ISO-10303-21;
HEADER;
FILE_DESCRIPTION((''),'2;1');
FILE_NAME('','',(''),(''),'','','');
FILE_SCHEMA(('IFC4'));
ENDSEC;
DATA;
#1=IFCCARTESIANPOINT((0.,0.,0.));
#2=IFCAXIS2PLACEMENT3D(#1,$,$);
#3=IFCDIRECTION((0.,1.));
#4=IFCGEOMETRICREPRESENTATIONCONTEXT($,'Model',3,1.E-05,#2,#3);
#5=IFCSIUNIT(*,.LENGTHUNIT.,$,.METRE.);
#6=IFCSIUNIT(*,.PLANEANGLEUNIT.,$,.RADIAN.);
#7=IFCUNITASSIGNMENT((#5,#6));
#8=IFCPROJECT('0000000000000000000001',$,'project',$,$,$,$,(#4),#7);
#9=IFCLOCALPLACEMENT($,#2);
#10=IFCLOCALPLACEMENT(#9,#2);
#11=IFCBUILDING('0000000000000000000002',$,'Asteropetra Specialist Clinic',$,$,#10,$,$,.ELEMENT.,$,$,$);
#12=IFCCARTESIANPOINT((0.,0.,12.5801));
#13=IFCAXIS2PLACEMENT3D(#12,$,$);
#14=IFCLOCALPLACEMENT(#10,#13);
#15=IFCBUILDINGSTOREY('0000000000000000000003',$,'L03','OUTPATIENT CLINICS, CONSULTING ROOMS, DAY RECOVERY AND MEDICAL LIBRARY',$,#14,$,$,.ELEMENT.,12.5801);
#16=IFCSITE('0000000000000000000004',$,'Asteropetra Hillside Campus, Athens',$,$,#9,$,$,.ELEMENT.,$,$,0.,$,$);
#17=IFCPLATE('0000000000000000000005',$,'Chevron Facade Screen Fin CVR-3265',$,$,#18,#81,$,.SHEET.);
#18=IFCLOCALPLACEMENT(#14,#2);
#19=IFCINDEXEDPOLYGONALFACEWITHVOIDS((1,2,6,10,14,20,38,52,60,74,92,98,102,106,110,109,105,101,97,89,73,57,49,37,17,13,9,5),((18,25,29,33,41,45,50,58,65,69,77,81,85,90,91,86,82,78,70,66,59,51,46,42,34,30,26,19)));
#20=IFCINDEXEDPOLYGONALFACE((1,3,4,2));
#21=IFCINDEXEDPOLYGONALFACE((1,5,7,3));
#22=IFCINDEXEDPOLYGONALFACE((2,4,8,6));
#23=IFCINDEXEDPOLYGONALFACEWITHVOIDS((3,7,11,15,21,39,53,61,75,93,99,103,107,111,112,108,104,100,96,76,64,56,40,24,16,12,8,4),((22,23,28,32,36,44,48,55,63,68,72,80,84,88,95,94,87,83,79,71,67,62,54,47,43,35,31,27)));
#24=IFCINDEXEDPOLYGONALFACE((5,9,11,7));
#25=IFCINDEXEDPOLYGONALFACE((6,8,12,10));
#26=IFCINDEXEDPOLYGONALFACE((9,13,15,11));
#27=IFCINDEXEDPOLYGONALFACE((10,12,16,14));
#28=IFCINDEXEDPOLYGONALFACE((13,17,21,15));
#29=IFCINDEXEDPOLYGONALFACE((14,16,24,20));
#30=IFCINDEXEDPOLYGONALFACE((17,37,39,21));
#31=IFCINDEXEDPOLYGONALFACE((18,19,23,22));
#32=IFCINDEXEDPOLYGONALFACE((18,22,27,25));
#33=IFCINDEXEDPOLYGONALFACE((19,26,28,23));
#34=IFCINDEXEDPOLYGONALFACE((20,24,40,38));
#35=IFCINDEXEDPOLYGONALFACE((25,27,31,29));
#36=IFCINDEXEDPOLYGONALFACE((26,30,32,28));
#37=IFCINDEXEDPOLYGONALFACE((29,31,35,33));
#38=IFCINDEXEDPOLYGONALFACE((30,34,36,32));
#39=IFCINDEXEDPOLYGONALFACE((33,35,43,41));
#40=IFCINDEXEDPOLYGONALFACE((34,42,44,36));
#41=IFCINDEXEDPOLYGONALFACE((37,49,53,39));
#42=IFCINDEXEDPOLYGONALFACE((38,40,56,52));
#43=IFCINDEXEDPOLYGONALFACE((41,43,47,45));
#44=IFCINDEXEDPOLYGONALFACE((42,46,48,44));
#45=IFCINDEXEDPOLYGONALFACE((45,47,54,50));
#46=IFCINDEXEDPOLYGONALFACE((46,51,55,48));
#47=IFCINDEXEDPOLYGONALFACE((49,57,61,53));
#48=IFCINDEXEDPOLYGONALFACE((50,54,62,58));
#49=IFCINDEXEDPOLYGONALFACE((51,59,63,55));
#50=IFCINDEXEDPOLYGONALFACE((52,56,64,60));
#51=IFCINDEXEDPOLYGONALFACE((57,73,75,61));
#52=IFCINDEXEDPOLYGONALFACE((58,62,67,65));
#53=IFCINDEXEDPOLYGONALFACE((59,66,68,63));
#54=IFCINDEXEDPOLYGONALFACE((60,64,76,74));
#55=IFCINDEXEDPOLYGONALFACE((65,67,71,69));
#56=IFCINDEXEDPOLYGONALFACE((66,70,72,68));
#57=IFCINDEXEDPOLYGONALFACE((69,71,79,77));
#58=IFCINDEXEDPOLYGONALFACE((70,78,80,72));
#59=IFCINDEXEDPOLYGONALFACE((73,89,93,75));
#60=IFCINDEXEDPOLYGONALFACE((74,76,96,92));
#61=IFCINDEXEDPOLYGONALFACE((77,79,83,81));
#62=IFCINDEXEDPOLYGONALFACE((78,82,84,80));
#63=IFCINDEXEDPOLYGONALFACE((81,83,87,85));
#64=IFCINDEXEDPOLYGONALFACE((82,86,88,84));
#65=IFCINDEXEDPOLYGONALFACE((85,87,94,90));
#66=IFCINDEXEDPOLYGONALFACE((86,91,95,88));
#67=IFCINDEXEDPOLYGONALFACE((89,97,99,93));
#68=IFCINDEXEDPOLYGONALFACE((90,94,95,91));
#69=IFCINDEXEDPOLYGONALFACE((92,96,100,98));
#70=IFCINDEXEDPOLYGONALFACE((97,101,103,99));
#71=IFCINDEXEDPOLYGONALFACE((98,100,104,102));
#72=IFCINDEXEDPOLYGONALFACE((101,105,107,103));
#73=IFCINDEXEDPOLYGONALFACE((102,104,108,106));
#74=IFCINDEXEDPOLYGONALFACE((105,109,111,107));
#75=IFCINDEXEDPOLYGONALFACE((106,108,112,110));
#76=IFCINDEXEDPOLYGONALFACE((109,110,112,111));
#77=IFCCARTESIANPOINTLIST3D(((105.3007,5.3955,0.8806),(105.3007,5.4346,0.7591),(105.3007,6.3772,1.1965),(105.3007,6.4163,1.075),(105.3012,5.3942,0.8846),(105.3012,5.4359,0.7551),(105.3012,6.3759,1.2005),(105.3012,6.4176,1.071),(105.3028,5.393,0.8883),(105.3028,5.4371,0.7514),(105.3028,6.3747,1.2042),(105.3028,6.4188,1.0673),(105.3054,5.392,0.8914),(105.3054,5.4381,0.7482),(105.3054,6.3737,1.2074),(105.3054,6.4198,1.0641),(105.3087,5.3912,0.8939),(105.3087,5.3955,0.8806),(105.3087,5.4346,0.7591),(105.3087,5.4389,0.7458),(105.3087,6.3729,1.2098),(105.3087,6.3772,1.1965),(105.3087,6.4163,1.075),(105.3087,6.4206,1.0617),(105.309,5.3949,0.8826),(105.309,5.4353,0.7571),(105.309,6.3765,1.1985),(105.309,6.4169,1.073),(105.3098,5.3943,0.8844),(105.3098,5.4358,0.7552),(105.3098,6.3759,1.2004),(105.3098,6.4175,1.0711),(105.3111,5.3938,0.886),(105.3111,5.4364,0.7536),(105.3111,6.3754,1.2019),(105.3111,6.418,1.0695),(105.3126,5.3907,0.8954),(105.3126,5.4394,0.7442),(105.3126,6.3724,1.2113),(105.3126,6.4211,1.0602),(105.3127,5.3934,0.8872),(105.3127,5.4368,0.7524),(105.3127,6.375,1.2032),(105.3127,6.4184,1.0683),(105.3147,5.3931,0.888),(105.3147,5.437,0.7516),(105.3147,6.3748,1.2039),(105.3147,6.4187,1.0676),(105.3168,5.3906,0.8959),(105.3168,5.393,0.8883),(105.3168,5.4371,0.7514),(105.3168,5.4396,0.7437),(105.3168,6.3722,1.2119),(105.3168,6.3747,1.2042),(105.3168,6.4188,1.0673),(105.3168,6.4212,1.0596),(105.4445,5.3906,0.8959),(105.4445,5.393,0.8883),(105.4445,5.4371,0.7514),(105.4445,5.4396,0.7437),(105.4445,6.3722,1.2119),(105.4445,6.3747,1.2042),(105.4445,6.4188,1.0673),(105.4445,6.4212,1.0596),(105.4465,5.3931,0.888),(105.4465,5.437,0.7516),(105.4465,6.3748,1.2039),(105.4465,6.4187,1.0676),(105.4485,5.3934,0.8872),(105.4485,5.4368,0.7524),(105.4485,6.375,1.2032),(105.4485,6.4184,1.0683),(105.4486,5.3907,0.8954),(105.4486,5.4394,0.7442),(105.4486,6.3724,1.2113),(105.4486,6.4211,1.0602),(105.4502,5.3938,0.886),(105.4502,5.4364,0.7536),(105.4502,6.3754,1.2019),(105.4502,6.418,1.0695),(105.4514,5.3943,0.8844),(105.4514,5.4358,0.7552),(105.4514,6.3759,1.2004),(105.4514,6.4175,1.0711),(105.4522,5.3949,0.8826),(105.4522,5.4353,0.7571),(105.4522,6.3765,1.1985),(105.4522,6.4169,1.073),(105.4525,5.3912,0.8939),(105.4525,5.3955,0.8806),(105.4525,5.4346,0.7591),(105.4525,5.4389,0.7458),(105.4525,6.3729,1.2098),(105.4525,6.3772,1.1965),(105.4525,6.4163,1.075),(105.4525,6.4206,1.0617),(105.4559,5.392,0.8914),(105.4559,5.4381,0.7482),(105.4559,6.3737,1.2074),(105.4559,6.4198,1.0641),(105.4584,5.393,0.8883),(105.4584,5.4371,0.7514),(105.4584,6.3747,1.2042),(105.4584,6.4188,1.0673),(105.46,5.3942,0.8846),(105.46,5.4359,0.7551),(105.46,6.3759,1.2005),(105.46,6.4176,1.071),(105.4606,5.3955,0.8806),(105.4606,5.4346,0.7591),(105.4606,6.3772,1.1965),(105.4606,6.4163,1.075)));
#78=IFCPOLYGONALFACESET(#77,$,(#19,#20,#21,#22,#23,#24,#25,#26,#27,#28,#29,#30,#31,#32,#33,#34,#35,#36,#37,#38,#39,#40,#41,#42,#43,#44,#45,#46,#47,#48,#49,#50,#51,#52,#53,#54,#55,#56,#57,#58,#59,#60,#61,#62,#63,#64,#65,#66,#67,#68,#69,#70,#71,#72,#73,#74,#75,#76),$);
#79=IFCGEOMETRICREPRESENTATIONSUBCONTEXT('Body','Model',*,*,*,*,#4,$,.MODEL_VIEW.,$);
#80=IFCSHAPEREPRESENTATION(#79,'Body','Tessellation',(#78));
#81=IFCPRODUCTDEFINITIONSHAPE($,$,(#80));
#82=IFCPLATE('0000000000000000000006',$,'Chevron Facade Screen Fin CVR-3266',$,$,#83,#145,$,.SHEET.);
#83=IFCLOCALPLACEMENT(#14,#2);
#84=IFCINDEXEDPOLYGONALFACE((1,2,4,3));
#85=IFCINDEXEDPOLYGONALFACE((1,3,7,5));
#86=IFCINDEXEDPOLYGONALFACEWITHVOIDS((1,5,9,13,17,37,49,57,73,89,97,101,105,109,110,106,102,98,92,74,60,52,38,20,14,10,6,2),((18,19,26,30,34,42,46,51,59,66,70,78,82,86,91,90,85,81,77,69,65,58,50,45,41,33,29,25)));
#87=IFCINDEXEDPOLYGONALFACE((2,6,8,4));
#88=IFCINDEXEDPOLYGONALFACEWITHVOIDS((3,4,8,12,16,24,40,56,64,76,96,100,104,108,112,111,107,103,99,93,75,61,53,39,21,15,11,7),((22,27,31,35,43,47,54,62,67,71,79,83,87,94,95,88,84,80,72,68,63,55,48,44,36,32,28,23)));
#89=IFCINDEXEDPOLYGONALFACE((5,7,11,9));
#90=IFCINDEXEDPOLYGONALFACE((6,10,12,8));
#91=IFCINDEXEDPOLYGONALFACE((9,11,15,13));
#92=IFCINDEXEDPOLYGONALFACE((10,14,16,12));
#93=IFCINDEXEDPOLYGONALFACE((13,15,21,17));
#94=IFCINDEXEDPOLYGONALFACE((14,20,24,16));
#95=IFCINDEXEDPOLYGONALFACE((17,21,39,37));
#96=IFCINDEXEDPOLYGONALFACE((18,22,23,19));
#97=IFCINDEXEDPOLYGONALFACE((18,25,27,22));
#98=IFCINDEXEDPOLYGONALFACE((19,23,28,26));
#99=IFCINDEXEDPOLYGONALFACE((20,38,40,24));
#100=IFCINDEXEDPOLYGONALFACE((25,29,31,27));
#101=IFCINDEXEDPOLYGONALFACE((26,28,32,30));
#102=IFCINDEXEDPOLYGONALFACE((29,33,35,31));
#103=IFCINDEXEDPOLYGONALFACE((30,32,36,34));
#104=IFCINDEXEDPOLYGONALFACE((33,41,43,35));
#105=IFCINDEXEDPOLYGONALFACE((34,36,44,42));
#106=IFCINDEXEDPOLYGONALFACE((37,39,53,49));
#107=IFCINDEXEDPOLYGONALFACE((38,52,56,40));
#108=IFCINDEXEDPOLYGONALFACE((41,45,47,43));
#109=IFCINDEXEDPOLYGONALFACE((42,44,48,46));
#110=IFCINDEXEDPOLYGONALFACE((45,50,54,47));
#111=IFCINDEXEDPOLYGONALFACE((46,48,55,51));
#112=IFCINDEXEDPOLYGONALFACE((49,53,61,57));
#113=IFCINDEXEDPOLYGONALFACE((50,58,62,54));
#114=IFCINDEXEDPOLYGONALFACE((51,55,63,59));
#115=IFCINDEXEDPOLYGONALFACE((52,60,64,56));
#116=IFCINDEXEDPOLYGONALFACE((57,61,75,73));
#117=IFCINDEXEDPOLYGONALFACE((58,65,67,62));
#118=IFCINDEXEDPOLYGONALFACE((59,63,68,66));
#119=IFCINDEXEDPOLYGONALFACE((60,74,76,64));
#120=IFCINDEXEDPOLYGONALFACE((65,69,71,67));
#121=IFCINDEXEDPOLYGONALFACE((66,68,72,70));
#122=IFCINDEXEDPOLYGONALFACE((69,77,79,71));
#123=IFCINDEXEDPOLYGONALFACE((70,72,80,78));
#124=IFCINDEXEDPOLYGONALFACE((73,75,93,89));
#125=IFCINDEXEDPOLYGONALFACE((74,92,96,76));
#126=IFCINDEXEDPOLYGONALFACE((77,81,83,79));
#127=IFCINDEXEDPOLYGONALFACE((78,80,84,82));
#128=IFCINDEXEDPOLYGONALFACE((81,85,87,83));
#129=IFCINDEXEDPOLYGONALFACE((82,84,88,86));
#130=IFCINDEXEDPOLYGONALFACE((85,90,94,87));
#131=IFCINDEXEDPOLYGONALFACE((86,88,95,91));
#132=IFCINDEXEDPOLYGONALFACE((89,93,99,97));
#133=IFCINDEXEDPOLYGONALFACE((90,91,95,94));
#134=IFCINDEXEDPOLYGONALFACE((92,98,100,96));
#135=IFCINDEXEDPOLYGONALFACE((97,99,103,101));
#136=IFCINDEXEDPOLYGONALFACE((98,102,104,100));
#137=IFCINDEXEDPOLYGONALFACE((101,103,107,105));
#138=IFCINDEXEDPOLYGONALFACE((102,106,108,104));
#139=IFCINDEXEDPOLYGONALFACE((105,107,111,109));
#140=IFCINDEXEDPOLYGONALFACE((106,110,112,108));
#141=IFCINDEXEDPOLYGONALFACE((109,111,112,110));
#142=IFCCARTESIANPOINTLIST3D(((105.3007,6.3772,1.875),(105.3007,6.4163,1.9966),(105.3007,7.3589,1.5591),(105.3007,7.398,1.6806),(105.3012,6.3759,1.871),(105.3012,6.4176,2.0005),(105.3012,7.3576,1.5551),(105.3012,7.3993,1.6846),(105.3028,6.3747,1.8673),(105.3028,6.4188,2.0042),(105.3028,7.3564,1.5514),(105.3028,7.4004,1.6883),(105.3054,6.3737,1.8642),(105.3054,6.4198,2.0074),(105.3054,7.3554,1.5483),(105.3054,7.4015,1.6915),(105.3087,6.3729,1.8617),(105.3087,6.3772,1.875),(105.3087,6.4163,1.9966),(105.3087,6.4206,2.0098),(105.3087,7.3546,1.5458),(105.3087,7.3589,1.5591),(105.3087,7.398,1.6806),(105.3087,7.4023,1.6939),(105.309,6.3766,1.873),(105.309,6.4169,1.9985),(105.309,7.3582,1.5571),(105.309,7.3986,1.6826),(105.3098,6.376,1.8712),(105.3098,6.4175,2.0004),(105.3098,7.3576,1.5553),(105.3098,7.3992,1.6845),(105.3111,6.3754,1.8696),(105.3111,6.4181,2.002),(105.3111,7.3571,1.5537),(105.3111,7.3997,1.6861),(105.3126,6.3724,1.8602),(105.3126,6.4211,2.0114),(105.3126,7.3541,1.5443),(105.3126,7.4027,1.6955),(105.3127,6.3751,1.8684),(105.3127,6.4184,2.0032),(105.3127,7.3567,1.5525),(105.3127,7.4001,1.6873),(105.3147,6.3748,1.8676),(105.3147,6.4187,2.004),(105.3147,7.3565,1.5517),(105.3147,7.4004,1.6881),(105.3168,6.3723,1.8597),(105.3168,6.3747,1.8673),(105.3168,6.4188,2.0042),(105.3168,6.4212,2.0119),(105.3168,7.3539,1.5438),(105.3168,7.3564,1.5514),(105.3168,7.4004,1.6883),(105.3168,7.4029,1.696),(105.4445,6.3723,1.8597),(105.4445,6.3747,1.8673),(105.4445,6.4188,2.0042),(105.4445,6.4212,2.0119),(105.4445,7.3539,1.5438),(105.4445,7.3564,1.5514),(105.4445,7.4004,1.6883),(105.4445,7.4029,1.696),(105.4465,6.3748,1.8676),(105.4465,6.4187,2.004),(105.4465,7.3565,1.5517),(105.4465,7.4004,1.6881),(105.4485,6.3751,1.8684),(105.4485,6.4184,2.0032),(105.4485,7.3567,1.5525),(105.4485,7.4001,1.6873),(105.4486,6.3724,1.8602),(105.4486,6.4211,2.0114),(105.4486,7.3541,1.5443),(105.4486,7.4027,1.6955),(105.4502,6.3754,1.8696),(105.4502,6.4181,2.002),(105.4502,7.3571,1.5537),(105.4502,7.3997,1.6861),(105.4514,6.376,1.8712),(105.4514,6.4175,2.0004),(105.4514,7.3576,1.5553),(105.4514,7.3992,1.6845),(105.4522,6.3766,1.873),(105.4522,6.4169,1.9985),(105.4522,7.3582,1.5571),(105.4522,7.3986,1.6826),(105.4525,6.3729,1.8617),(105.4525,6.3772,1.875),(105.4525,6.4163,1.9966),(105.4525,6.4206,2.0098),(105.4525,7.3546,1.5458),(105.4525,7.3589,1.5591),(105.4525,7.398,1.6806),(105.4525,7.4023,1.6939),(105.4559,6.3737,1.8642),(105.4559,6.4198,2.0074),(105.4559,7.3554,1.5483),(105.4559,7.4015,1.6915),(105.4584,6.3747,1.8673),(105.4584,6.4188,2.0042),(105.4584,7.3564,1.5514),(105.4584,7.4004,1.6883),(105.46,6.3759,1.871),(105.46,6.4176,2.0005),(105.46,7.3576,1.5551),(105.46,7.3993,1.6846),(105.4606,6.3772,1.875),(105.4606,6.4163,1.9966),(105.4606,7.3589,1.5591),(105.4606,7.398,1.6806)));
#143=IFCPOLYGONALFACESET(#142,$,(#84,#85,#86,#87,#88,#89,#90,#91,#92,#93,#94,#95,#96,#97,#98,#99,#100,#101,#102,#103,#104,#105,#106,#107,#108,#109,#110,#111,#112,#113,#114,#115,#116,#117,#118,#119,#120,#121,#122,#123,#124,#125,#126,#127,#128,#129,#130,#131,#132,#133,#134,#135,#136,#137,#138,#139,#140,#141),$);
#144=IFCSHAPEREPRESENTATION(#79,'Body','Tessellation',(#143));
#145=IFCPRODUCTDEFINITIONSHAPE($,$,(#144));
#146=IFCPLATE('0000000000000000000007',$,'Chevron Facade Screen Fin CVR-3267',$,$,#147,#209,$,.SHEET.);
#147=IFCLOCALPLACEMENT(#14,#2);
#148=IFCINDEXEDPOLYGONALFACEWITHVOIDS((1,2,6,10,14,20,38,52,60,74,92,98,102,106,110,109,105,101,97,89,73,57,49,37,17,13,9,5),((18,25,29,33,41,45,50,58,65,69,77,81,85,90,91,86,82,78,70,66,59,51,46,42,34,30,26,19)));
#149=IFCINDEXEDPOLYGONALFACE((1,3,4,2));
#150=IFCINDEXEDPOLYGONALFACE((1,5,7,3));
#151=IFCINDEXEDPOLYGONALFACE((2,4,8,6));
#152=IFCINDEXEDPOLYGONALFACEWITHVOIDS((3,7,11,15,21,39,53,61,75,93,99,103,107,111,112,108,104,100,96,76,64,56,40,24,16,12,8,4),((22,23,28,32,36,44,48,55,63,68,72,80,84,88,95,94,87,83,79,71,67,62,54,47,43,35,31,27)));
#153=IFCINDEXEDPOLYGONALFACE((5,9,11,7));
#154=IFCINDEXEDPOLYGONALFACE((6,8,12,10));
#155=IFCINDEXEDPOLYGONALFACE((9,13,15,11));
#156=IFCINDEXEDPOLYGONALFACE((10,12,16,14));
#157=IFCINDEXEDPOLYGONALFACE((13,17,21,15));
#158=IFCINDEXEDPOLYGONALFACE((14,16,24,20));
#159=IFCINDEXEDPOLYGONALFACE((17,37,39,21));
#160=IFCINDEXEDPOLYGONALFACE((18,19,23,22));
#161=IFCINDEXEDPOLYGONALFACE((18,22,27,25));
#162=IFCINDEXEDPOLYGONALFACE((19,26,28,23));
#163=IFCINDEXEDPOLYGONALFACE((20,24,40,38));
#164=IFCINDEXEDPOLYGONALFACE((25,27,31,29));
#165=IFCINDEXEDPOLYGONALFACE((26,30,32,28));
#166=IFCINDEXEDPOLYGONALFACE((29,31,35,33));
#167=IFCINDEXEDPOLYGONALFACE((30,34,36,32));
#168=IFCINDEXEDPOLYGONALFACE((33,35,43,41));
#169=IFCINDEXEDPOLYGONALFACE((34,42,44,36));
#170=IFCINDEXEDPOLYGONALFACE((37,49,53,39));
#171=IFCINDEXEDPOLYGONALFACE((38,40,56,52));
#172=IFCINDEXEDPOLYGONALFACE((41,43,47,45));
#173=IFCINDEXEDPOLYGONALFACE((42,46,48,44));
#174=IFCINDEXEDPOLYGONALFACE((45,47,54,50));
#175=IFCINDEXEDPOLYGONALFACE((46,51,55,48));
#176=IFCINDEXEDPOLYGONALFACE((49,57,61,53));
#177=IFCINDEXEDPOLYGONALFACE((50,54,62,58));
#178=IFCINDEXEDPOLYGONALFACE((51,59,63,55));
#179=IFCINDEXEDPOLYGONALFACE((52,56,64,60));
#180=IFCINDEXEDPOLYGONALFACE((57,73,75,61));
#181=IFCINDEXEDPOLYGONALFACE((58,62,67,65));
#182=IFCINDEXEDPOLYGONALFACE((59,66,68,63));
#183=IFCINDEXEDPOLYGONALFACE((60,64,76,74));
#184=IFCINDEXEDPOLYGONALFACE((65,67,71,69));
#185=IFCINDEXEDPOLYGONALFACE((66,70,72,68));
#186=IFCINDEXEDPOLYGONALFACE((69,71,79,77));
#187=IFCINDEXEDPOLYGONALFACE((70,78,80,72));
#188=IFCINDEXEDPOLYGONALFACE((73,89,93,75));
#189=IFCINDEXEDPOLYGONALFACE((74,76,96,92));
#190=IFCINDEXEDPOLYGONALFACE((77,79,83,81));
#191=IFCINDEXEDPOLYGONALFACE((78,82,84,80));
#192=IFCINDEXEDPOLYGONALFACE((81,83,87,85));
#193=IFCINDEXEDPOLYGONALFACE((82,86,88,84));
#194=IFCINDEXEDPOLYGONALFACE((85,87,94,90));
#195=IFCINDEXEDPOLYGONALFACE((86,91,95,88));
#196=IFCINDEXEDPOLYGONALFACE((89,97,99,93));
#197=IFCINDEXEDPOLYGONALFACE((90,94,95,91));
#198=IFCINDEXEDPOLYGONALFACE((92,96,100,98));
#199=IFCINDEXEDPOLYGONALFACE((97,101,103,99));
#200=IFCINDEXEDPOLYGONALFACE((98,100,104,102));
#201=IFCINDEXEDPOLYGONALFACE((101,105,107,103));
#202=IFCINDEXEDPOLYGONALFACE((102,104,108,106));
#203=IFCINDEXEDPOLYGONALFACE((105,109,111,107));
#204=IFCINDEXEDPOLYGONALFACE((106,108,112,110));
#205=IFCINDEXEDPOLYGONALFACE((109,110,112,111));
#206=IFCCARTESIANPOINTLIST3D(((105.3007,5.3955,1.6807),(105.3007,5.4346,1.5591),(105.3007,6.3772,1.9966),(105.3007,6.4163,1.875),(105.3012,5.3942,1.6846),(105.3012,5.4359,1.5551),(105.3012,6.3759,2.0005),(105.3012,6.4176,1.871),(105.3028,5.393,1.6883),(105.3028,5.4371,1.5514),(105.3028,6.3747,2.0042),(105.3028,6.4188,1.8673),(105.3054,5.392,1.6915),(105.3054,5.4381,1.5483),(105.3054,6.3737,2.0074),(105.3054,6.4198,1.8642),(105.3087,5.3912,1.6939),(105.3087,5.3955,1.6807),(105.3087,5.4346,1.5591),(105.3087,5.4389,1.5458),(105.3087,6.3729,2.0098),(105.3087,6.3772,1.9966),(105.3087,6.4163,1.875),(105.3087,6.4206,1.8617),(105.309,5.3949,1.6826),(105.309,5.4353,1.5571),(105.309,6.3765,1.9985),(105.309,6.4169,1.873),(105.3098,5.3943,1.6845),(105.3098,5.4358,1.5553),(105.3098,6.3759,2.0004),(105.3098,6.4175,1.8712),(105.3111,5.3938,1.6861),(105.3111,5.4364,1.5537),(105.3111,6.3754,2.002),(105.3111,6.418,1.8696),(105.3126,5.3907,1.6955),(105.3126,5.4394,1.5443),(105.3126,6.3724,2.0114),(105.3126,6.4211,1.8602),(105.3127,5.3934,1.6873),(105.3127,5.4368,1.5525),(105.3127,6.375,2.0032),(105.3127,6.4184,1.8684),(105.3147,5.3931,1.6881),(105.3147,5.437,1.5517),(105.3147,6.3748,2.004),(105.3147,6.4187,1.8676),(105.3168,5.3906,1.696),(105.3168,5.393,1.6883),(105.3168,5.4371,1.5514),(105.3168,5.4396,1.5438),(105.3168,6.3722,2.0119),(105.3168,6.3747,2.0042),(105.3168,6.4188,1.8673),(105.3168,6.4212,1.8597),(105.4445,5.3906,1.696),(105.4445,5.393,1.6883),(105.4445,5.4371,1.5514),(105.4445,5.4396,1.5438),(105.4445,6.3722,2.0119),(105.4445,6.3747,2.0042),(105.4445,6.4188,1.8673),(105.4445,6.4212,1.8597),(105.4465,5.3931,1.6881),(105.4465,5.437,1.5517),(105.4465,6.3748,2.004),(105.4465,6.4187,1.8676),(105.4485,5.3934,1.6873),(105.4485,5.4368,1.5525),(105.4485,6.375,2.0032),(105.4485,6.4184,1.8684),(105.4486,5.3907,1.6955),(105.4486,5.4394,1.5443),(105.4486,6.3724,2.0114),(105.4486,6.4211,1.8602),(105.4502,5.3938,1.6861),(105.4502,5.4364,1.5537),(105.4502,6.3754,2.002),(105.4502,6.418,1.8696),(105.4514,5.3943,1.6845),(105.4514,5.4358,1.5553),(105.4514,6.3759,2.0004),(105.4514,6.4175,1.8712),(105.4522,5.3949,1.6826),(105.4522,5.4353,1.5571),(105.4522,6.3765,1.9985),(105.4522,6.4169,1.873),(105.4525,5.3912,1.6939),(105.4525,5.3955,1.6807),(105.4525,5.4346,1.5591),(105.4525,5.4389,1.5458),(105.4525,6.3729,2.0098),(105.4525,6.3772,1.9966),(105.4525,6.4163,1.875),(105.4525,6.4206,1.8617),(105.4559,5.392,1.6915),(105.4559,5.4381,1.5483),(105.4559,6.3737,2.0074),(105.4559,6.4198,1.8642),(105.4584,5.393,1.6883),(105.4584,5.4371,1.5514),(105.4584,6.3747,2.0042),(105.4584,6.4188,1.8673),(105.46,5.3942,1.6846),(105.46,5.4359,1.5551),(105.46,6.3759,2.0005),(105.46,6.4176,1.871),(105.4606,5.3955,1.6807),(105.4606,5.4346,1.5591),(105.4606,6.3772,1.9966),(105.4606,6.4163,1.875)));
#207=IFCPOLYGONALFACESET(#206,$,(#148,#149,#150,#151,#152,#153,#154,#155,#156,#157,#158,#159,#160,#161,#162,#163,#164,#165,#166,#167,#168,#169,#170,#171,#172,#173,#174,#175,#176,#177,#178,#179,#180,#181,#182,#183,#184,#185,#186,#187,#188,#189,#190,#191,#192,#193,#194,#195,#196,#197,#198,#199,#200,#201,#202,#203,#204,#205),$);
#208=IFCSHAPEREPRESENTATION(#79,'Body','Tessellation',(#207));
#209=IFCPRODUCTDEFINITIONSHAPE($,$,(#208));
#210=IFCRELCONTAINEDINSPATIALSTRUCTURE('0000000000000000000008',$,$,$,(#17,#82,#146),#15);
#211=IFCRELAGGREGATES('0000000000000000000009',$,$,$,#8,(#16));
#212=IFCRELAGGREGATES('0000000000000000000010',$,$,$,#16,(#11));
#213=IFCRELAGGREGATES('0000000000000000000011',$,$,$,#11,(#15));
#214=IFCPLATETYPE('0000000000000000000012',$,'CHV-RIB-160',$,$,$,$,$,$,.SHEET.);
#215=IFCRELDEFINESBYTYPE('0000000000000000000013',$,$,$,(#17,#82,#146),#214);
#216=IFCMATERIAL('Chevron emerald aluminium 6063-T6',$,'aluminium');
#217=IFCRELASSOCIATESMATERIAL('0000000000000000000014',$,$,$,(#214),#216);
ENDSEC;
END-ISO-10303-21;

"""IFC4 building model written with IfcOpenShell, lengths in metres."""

from ifc_helpers import new_model, si_unit, direction, frame, origin, origin_2d, place, context, subcontext, project, spatial, hollow_rectangle, extrude, material, material_profile, profile_set, type_object, element, save


model = new_model("IFC4")

# Units and contexts
model_context = context("Model", 3, precision=1e-05, world=origin(), true_north=direction((0.0, 1.0)))
body_context = subcontext(model_context, "Body", "Model", "MODEL_VIEW")
ifc_project = project(units=[si_unit("LENGTHUNIT", "METRE"), si_unit("PLANEANGLEUNIT", "RADIAN")], contexts=[model_context])

# Site, building, storey
site_placement = place(None, origin())
site = spatial("IfcSite", under=ifc_project, at=site_placement, Name="Asteropetra Hillside Campus, Athens", CompositionType="ELEMENT", RefElevation=0.0)
building_placement = place(site_placement, origin())
building = spatial("IfcBuilding", under=site, at=building_placement, Name="Asteropetra Specialist Clinic", CompositionType="ELEMENT")
storey_placement = place(building_placement, frame((0.0, 0.0, 12.5801)))
storey = spatial("IfcBuildingStorey", under=building, at=storey_placement, Name="L03", Description="OUTPATIENT CLINICS, CONSULTING ROOMS, DAY RECOVERY AND MEDICAL LIBRARY", CompositionType="ELEMENT", Elevation=12.5801)

# Plates
ifc_material_1 = material(Name="Chevron emerald aluminium 6063-T6", Category="aluminium")
ifc_material_profile = material_profile(ifc_material_1, hollow_rectangle(XDim=0.1599, YDim=0.1599, WallThickness=0.0081, InnerFilletRadius=0.0081, OuterFilletRadius=0.0161, at=origin_2d()), Name="SHS 160x160x8.0")
ifc_profile_set = profile_set([ifc_material_profile], Name="Chevron emerald aluminium 6063-T6")
plate_type_1 = type_object("IfcPlateType", Name="CHV-RIB-160", PredefinedType="SHEET", material=ifc_profile_set)
for number, where, z_axis, x_axis, name in (
    (1, (105.3806, 6.3967, 1.1357), (0.0, -0.951923, -0.306339), (1.0, 0.0, 0.0), "Chevron Facade Screen Fin CVR-3265"),
    (2, (105.3806, 7.3784, 1.6199), (0.0, -0.951923, 0.306339), (1.0, 0.0, 0.0), "Chevron Facade Screen Fin CVR-3266"),
    (3, (105.3806, 6.3967, 1.9358), (0.0, -0.951923, -0.306339), (1.0, 0.0, 0.0), "Chevron Facade Screen Fin CVR-3267"),
):
    element("IfcPlate", number, at=place(storey_placement, frame(where, z_axis=z_axis, x_axis=x_axis)), inside=storey, type_object=plate_type_1, Name=name, PredefinedType="SHEET", context=body_context, shape_type="SweptSolid", body=[
        extrude(hollow_rectangle(XDim=0.1599, YDim=0.1599, WallThickness=0.0081, InnerFilletRadius=0.0081, OuterFilletRadius=0.0161, at=origin_2d()), origin(), (0.0, 0.0, 1.0), 1.0312),
    ])

save(model, "model.ifc")
